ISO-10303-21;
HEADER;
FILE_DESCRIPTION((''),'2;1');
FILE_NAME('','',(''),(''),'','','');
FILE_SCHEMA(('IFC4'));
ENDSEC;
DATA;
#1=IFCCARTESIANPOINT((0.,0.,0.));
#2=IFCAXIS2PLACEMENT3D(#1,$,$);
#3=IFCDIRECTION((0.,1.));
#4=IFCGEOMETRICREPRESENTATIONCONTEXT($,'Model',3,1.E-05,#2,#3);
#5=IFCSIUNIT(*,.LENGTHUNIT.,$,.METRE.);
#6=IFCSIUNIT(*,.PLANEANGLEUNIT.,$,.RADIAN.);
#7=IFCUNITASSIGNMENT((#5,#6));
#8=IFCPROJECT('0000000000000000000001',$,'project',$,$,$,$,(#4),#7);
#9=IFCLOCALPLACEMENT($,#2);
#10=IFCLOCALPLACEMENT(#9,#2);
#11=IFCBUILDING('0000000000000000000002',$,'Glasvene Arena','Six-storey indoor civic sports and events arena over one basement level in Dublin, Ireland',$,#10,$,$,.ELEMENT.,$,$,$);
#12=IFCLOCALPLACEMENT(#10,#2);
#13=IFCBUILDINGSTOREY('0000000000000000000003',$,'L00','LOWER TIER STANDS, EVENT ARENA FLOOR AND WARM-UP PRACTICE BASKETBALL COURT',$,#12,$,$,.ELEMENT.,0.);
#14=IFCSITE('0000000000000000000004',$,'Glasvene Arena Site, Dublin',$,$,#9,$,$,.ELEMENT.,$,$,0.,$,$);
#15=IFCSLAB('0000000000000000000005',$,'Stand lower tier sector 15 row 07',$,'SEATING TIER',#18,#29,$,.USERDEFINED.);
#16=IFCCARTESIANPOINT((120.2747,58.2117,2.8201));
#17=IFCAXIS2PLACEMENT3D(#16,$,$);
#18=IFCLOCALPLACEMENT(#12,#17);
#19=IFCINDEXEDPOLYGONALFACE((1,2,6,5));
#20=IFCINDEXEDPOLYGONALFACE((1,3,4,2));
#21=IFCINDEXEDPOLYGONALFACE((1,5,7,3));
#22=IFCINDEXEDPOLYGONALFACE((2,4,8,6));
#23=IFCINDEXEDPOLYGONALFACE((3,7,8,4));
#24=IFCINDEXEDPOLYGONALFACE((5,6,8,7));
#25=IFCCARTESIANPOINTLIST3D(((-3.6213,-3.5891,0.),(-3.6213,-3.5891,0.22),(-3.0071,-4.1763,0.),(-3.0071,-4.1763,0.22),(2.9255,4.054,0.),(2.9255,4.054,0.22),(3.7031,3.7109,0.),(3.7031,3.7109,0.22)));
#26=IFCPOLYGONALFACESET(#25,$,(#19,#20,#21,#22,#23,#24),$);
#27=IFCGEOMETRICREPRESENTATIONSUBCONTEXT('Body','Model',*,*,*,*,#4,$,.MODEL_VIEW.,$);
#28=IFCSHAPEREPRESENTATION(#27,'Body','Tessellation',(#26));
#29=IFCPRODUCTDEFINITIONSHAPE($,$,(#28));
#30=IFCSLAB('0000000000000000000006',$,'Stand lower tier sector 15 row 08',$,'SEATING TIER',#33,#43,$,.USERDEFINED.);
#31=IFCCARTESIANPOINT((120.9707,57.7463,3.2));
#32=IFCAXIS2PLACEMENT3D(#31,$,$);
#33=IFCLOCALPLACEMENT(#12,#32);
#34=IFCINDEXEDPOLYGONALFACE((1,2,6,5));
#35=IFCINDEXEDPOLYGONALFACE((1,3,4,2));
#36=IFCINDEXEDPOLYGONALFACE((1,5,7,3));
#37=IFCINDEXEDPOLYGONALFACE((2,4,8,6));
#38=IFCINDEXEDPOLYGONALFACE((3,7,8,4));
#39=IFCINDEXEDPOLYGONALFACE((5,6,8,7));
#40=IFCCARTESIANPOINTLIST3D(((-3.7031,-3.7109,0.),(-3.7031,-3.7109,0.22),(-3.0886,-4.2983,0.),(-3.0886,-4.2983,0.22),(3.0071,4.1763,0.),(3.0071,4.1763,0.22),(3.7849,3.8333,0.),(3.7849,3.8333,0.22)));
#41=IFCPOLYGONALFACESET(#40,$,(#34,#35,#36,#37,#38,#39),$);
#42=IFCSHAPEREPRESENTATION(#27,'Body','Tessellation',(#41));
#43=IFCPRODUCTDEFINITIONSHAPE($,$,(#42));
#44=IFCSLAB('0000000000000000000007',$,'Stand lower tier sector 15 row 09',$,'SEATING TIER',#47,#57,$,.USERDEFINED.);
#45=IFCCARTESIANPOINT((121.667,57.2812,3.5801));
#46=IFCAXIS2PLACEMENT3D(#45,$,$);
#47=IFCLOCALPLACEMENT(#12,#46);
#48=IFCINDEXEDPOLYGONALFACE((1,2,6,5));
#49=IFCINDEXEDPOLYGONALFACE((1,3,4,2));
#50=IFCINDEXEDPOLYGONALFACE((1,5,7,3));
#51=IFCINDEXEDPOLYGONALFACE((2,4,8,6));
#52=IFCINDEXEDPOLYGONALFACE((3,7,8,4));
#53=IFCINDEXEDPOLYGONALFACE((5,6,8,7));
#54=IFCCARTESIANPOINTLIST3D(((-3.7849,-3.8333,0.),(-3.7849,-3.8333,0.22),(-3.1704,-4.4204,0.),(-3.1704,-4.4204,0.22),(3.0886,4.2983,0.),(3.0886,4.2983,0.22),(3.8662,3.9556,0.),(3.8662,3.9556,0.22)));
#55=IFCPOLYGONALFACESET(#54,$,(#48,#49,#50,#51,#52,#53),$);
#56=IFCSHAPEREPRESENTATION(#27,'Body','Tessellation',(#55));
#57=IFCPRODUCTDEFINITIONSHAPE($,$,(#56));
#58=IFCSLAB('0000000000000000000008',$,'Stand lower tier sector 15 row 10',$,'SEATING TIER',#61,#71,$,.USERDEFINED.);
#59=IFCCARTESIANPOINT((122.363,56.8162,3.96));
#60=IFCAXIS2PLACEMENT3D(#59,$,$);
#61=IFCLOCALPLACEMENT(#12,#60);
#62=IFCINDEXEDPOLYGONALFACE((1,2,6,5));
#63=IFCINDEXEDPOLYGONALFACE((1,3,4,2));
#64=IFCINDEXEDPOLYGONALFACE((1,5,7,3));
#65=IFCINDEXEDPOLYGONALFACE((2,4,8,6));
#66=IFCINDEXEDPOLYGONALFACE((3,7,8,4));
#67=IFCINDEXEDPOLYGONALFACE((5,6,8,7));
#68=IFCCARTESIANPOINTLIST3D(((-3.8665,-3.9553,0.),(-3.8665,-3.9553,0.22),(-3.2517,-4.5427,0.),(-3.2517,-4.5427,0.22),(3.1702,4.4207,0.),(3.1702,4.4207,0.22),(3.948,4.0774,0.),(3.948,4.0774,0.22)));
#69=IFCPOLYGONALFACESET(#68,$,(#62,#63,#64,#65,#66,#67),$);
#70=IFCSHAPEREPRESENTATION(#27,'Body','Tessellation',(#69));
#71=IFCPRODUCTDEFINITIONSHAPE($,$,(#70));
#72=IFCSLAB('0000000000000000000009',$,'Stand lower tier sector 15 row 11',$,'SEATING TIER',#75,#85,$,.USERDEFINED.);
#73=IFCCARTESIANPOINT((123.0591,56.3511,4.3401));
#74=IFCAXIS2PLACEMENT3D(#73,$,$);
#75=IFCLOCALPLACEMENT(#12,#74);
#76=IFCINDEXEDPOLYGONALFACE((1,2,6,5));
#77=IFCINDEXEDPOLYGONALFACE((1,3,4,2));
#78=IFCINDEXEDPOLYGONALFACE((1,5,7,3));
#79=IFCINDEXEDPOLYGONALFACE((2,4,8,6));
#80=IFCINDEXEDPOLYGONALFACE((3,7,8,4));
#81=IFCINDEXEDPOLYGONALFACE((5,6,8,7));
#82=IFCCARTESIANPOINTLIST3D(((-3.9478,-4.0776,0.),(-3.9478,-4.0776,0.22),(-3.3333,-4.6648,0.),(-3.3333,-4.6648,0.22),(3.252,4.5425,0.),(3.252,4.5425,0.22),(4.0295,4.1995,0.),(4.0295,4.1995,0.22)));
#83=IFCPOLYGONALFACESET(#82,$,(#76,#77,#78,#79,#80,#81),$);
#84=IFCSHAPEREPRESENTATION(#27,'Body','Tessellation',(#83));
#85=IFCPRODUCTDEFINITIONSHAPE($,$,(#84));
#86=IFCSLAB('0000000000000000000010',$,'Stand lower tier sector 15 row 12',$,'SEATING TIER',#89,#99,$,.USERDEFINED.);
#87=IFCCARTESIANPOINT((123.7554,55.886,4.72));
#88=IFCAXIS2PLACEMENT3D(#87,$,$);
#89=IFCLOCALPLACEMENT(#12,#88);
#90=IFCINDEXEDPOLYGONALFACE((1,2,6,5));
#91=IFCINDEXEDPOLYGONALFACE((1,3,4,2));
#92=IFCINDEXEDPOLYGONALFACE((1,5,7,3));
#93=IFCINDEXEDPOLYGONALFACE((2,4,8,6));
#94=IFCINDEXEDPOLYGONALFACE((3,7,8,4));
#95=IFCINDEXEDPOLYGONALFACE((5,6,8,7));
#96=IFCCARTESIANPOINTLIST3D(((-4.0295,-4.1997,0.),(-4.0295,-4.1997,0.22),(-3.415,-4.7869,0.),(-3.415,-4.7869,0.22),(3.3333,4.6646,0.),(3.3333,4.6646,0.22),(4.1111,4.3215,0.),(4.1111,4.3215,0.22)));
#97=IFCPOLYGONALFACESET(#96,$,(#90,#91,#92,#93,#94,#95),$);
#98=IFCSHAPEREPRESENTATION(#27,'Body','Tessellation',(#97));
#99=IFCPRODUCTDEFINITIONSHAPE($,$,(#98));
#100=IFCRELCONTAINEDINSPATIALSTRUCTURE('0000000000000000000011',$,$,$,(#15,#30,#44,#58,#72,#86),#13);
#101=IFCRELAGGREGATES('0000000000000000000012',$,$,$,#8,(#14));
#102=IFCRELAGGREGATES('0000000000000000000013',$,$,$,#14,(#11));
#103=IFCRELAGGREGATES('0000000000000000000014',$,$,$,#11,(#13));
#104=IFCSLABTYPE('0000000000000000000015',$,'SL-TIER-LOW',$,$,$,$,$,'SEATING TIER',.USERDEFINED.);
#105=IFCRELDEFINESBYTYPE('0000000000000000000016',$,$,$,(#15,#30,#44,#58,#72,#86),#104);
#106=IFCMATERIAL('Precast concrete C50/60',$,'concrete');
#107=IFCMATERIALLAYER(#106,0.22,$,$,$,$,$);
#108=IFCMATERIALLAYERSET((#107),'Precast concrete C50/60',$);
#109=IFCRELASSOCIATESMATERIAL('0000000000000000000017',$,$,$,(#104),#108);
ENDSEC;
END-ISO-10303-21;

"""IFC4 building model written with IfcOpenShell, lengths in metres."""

from ifc_helpers import new_model, si_unit, direction, frame, origin, place, context, subcontext, project, spatial, polyline, outline, extrude, material, layer, layer_set, type_object, element, save


model = new_model("IFC4")

# Units and contexts
model_context = context("Model", 3, precision=1e-05, world=origin(), true_north=direction((0.0, 1.0)))
body_context = subcontext(model_context, "Body", "Model", "MODEL_VIEW")
ifc_project = project(units=[si_unit("LENGTHUNIT", "METRE"), si_unit("PLANEANGLEUNIT", "RADIAN")], contexts=[model_context])

# Site, building, storey
site_placement = place(None, origin())
site = spatial("IfcSite", under=ifc_project, at=site_placement, Name="Glasvene Arena Site, Dublin", CompositionType="ELEMENT", RefElevation=0.0)
building_placement = place(site_placement, origin())
building = spatial("IfcBuilding", under=site, at=building_placement, Name="Glasvene Arena", Description="Six-storey indoor civic sports and events arena over one basement level in Dublin, Ireland", CompositionType="ELEMENT")
storey_placement = place(building_placement, origin())
storey = spatial("IfcBuildingStorey", under=building, at=storey_placement, Name="L00", Description="LOWER TIER STANDS, EVENT ARENA FLOOR AND WARM-UP PRACTICE BASKETBALL COURT", CompositionType="ELEMENT", Elevation=0.0)

# Shared definitions
ifc_material_1 = material(Name="Precast concrete C50/60", Category="concrete")

# Slabs
ifc_layer_1 = layer(ifc_material_1, 0.22)
ifc_layer_set_1 = layer_set([ifc_layer_1], Name="Precast concrete C50/60")
slab_type = type_object("IfcSlabType", Name="SL-TIER-LOW", ElementType="SEATING TIER", PredefinedType="USERDEFINED", material=ifc_layer_set_1)
slab_1_placement = place(storey_placement, frame((120.2747, 58.2117, 2.8201)))
element("IfcSlab", 1, at=slab_1_placement, inside=storey, type_object=slab_type, Name="Stand lower tier sector 15 row 07", ObjectType="SEATING TIER", PredefinedType="USERDEFINED", context=body_context, shape_type="SweptSolid", body=[
    extrude(outline(polyline([(-3.6213, -3.5891), (2.9255, 4.054), (3.7031, 3.7109), (-3.0071, -4.1763), (-3.6213, -3.5891)])), origin(), (0.0, 0.0, 1.0), 0.22),
])
slab_2_placement = place(storey_placement, frame((120.9707, 57.7463, 3.2)))
element("IfcSlab", 2, at=slab_2_placement, inside=storey, type_object=slab_type, Name="Stand lower tier sector 15 row 08", ObjectType="SEATING TIER", PredefinedType="USERDEFINED", context=body_context, shape_type="SweptSolid", body=[
    extrude(outline(polyline([(-3.7031, -3.7109), (3.0071, 4.1763), (3.7849, 3.8333), (-3.0886, -4.2983), (-3.7031, -3.7109)])), origin(), (0.0, 0.0, 1.0), 0.22),
])
slab_3_placement = place(storey_placement, frame((121.667, 57.2812, 3.5801)))
element("IfcSlab", 3, at=slab_3_placement, inside=storey, type_object=slab_type, Name="Stand lower tier sector 15 row 09", ObjectType="SEATING TIER", PredefinedType="USERDEFINED", context=body_context, shape_type="SweptSolid", body=[
    extrude(outline(polyline([(-3.7849, -3.8333), (3.0886, 4.2983), (3.8662, 3.9556), (-3.1704, -4.4204), (-3.7849, -3.8333)])), origin(), (0.0, 0.0, 1.0), 0.22),
])
slab_4_placement = place(storey_placement, frame((122.363, 56.8162, 3.96)))
element("IfcSlab", 4, at=slab_4_placement, inside=storey, type_object=slab_type, Name="Stand lower tier sector 15 row 10", ObjectType="SEATING TIER", PredefinedType="USERDEFINED", context=body_context, shape_type="SweptSolid", body=[
    extrude(outline(polyline([(-3.8665, -3.9553), (3.1702, 4.4207), (3.948, 4.0774), (-3.2517, -4.5427), (-3.8665, -3.9553)])), origin(), (0.0, 0.0, 1.0), 0.22),
])
slab_5_placement = place(storey_placement, frame((123.0591, 56.3511, 4.3401)))
element("IfcSlab", 5, at=slab_5_placement, inside=storey, type_object=slab_type, Name="Stand lower tier sector 15 row 11", ObjectType="SEATING TIER", PredefinedType="USERDEFINED", context=body_context, shape_type="SweptSolid", body=[
    extrude(outline(polyline([(-3.9478, -4.0776), (3.252, 4.5425), (4.0295, 4.1995), (-3.3333, -4.6648), (-3.9478, -4.0776)])), origin(), (0.0, 0.0, 1.0), 0.22),
])
slab_6_placement = place(storey_placement, frame((123.7554, 55.886, 4.72)))
element("IfcSlab", 6, at=slab_6_placement, inside=storey, type_object=slab_type, Name="Stand lower tier sector 15 row 12", ObjectType="SEATING TIER", PredefinedType="USERDEFINED", context=body_context, shape_type="SweptSolid", body=[
    extrude(outline(polyline([(-4.0295, -4.1997), (3.3333, 4.6646), (4.1111, 4.3215), (-3.415, -4.7869), (-4.0295, -4.1997)])), origin(), (0.0, 0.0, 1.0), 0.22),
])

save(model, "model.ifc")
